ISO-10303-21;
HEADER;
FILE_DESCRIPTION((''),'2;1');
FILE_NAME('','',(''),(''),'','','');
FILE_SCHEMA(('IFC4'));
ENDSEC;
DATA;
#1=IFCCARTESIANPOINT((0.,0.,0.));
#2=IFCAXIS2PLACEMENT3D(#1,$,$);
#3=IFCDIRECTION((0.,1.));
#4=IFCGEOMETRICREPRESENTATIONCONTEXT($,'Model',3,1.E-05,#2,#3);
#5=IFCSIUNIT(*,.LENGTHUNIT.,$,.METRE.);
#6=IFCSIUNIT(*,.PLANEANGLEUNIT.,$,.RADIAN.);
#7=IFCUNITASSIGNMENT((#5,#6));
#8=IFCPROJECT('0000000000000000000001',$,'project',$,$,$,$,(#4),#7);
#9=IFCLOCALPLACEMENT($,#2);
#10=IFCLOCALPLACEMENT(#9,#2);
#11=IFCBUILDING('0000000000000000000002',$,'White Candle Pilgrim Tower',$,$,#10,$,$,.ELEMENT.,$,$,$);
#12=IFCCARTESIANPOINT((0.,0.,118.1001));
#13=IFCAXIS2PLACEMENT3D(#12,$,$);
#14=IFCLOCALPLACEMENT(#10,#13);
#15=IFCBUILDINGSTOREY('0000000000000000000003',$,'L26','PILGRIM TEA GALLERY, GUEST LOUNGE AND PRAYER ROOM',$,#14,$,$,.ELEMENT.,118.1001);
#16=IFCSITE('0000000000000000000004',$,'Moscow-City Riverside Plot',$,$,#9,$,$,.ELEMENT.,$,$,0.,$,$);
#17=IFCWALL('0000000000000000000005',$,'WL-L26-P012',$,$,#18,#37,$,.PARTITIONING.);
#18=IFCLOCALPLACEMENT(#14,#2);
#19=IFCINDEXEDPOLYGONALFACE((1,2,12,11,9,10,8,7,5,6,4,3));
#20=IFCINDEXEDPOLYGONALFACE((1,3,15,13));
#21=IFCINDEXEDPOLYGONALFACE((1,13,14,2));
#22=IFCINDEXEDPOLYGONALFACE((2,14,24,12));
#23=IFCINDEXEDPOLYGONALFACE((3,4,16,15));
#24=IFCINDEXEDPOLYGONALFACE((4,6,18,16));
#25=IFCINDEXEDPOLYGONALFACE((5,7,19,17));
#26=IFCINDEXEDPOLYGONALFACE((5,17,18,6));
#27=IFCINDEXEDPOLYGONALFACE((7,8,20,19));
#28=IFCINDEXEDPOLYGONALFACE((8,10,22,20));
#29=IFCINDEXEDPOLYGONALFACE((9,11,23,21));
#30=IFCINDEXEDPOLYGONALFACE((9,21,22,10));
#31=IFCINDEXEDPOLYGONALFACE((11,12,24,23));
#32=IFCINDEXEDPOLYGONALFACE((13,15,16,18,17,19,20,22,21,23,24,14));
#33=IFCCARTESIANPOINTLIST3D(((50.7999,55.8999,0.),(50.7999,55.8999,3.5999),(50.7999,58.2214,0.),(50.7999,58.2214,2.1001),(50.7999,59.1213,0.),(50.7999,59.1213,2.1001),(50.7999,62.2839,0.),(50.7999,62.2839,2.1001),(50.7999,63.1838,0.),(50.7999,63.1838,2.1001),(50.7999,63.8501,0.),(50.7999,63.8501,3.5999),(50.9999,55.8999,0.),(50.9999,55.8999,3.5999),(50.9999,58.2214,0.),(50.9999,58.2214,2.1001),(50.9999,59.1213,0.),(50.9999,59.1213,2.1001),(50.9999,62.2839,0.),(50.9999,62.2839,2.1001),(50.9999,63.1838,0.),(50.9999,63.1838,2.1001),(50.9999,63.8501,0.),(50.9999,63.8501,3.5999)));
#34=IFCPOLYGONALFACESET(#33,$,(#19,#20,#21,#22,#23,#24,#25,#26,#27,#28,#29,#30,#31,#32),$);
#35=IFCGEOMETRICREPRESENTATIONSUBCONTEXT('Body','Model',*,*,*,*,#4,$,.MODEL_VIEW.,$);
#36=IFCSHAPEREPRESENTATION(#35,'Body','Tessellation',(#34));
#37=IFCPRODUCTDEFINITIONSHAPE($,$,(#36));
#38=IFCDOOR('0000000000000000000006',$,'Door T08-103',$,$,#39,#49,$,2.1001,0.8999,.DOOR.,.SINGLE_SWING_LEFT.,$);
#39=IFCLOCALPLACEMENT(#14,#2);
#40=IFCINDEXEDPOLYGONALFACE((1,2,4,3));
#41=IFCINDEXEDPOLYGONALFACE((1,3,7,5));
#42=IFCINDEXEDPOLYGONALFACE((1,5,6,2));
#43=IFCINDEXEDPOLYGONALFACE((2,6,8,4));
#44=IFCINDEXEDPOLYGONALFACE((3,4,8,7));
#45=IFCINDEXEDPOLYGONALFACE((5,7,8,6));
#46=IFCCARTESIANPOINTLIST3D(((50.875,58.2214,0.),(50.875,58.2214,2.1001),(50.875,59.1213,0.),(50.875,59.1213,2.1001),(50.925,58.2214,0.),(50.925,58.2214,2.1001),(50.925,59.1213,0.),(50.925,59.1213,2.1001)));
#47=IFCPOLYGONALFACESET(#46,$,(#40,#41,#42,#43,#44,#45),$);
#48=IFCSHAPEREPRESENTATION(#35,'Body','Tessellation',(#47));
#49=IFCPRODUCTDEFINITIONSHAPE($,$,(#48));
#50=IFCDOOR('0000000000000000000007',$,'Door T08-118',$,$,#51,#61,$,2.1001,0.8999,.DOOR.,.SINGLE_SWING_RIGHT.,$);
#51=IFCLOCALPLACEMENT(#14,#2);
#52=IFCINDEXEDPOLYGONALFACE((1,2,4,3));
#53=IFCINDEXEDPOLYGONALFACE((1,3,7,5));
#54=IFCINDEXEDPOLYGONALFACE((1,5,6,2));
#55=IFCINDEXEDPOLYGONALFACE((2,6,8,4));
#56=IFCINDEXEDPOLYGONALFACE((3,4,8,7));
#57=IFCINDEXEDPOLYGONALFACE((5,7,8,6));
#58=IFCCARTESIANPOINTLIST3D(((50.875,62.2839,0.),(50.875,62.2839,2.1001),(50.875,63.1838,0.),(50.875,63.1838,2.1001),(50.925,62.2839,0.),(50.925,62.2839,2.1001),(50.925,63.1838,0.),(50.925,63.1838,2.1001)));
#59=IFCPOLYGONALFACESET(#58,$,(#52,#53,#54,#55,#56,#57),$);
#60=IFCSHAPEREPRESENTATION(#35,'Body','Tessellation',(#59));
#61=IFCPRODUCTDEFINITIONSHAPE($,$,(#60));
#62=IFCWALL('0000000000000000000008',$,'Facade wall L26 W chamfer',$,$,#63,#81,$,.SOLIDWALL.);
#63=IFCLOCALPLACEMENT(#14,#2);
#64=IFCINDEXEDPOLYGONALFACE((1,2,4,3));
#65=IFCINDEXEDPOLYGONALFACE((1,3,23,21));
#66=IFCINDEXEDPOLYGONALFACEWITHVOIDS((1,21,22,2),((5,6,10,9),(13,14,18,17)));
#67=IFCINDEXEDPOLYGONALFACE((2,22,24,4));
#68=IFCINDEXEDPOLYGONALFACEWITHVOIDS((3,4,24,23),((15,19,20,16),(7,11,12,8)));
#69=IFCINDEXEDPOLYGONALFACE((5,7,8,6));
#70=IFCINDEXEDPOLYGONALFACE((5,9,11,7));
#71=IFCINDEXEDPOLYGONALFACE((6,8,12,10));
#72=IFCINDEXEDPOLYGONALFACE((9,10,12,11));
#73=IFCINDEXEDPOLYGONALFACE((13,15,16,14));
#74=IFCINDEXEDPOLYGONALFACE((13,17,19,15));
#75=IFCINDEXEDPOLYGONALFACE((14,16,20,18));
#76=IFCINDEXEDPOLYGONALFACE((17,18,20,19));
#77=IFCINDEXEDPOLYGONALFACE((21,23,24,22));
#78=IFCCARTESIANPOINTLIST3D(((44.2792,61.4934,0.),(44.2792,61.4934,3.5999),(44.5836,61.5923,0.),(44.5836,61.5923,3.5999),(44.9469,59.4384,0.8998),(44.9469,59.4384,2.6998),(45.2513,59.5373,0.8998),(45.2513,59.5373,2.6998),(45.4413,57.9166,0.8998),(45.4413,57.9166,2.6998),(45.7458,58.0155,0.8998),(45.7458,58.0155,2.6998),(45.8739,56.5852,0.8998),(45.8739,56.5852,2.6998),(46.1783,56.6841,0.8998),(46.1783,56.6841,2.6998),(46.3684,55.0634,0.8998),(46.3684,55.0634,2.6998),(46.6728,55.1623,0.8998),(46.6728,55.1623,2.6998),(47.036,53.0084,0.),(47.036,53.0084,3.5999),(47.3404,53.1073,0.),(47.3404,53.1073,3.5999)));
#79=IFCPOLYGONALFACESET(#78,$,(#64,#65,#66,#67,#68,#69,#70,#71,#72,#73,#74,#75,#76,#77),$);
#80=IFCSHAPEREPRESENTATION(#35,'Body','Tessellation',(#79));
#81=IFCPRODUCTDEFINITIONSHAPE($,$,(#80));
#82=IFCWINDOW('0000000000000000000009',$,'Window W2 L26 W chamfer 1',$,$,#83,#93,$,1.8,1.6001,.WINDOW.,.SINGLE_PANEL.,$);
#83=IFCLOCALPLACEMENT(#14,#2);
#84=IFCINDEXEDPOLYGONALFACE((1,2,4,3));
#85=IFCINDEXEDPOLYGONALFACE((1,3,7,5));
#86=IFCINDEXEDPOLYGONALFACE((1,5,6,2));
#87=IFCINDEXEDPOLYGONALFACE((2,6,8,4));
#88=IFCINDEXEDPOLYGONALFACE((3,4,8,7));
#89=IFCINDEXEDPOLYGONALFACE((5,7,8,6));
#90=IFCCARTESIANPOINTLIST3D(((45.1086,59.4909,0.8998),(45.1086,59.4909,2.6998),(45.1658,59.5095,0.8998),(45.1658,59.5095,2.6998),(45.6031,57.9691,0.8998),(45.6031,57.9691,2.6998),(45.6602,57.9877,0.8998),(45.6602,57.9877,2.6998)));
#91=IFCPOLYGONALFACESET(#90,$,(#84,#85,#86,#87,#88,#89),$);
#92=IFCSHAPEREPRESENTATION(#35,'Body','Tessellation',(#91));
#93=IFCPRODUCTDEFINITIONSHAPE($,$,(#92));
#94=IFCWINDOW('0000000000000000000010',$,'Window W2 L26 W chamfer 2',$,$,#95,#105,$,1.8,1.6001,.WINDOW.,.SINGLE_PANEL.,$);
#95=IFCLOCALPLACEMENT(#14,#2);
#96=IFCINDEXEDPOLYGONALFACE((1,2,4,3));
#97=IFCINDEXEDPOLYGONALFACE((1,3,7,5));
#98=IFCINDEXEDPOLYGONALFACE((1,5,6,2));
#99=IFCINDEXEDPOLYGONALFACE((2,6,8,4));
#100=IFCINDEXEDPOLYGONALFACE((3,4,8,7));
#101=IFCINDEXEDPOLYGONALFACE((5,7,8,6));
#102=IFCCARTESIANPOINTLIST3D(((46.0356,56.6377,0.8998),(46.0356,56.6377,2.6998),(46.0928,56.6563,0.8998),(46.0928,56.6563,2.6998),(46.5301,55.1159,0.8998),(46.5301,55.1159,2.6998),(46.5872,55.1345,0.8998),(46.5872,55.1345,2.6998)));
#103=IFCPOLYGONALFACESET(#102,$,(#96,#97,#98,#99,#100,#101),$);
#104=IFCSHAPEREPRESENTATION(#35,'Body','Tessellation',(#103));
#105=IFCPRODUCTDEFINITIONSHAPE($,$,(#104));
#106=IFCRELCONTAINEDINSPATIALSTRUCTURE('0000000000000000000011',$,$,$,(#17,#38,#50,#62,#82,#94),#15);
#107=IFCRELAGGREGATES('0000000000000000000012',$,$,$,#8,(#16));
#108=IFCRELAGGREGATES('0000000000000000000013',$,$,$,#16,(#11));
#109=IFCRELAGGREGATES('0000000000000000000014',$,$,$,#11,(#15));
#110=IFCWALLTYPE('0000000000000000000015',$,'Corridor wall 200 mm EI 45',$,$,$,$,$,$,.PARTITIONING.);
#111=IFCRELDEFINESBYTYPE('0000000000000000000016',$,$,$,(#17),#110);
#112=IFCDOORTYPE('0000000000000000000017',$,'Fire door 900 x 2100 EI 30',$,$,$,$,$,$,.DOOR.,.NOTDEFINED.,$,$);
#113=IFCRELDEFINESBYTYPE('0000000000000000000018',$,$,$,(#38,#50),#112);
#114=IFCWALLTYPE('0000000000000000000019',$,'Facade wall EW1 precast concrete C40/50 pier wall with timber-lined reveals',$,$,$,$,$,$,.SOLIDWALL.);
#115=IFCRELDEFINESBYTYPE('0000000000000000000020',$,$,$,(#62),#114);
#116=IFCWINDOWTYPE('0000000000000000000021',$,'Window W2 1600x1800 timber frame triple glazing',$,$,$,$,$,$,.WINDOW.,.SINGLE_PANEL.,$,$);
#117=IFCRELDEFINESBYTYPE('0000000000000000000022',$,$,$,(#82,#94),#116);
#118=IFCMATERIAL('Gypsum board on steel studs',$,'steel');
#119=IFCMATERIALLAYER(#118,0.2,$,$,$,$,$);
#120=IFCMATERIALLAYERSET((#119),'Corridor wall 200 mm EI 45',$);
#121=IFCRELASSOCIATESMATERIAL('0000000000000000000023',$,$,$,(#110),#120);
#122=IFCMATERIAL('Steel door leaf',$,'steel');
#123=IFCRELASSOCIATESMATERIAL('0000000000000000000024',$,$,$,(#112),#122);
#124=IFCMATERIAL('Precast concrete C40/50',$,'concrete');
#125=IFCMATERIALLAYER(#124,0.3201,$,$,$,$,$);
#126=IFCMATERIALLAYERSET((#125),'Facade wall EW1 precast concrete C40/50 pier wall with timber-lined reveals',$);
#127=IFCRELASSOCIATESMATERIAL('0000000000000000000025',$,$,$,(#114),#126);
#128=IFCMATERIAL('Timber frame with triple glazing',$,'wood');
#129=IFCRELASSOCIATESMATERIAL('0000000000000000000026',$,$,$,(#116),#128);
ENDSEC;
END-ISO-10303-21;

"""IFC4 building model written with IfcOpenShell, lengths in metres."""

from ifc_helpers import new_model, si_unit, direction, frame, frame_2d, origin, place, context, subcontext, project, spatial, rectangle, extrude, material, layer, layer_set, type_object, element, fill, save


model = new_model("IFC4")

# Units and contexts
model_context = context("Model", 3, precision=1e-05, world=origin(), true_north=direction((0.0, 1.0)))
body_context = subcontext(model_context, "Body", "Model", "MODEL_VIEW")
ifc_project = project(units=[si_unit("LENGTHUNIT", "METRE"), si_unit("PLANEANGLEUNIT", "RADIAN")], contexts=[model_context])

# Site, building, storey
site_placement = place(None, origin())
site = spatial("IfcSite", under=ifc_project, at=site_placement, Name="Moscow-City Riverside Plot", CompositionType="ELEMENT", RefElevation=0.0)
building_placement = place(site_placement, origin())
building = spatial("IfcBuilding", under=site, at=building_placement, Name="White Candle Pilgrim Tower", CompositionType="ELEMENT")
storey_placement = place(building_placement, frame((0.0, 0.0, 118.1001)))
storey = spatial("IfcBuildingStorey", under=building, at=storey_placement, Name="L26", Description="PILGRIM TEA GALLERY, GUEST LOUNGE AND PRAYER ROOM", CompositionType="ELEMENT", Elevation=118.1001)

# Wall, openings, doors
ifc_material_1 = material(Name="Gypsum board on steel studs", Category="steel")
ifc_layer_1 = layer(ifc_material_1, 0.2)
ifc_layer_set_1 = layer_set([ifc_layer_1], Name="Corridor wall 200 mm EI 45")
wall_type_1 = type_object("IfcWallType", Name="Corridor wall 200 mm EI 45", PredefinedType="PARTITIONING", material=ifc_layer_set_1)
wall_1_placement = place(storey_placement, frame((50.8999, 55.8999, 0.0), z_axis=(0.0, 0.0, 1.0), x_axis=(0.0, 1.0, 0.0)))
wall_1 = element("IfcWall", 1, at=wall_1_placement, inside=storey, type_object=wall_type_1, Name="WL-L26-P012", PredefinedType="PARTITIONING", context=body_context, shape_type="SweptSolid", body=[
    extrude(rectangle(XDim=7.9502, YDim=0.2, at=frame_2d((3.9751, 0.0))), origin(), (0.0, 0.0, 1.0), 3.5999),
])
opening_1_placement = place(wall_1_placement, frame((2.3215, 0.0, 0.0)))
opening_1 = element("IfcOpeningElement", 2, at=opening_1_placement, cuts=wall_1, PredefinedType="OPENING", context=body_context, shape_type="SweptSolid", body=[
    extrude(rectangle(XDim=0.8999, YDim=2.1001, at=frame_2d((0.45, 1.05))), frame((0.0, 0.1099, 0.0), z_axis=(0.0, -1.0, 0.0), x_axis=(1.0, 0.0, 0.0)), (0.0, 0.0, 1.0), 0.22),
])
opening_2_placement = place(wall_1_placement, frame((6.384, 0.0, 0.0)))
opening_2 = element("IfcOpeningElement", 3, at=opening_2_placement, cuts=wall_1, PredefinedType="OPENING", context=body_context, shape_type="SweptSolid", body=[
    extrude(rectangle(XDim=0.8999, YDim=2.1001, at=frame_2d((0.45, 1.05))), frame((0.0, 0.1099, 0.0), z_axis=(0.0, -1.0, 0.0), x_axis=(1.0, 0.0, 0.0)), (0.0, 0.0, 1.0), 0.22),
])
ifc_material_2 = material(Name="Steel door leaf", Category="steel")
door_type_1 = type_object("IfcDoorType", Name="Fire door 900 x 2100 EI 30", OperationType="NOTDEFINED", PredefinedType="DOOR", material=ifc_material_2)
door_1_placement = place(opening_1_placement, origin())
door_1 = element("IfcDoor", 4, at=door_1_placement, inside=storey, type_object=door_type_1, Name="Door T08-103", OperationType="SINGLE_SWING_LEFT", OverallHeight=2.1001, OverallWidth=0.8999, PredefinedType="DOOR", context=body_context, shape_type="SweptSolid", body=[
    extrude(rectangle(XDim=0.8999, YDim=2.1001, at=frame_2d((0.45, 1.05))), frame((0.0, 0.0249, 0.0), z_axis=(0.0, -1.0, 0.0), x_axis=(1.0, 0.0, 0.0)), (0.0, 0.0, 1.0), 0.05),
])
fill(opening_1, door_1)
door_2_placement = place(opening_2_placement, origin())
door_2 = element("IfcDoor", 5, at=door_2_placement, inside=storey, type_object=door_type_1, Name="Door T08-118", OperationType="SINGLE_SWING_RIGHT", OverallHeight=2.1001, OverallWidth=0.8999, PredefinedType="DOOR", context=body_context, shape_type="SweptSolid", body=[
    extrude(rectangle(XDim=0.8999, YDim=2.1001, at=frame_2d((0.45, 1.05))), frame((0.0, 0.0249, 0.0), z_axis=(0.0, -1.0, 0.0), x_axis=(1.0, 0.0, 0.0)), (0.0, 0.0, 1.0), 0.05),
])
fill(opening_2, door_2)

# Wall, openings, windows
ifc_material_3 = material(Name="Precast concrete C40/50", Category="concrete")
ifc_layer_2 = layer(ifc_material_3, 0.3201)
ifc_layer_set_2 = layer_set([ifc_layer_2], Name="Facade wall EW1 precast concrete C40/50 pier wall with timber-lined reveals")
wall_type_2 = type_object("IfcWallType", Name="Facade wall EW1 precast concrete C40/50 pier wall with timber-lined reveals", PredefinedType="SOLIDWALL", material=ifc_layer_set_2)
wall_2_placement = place(storey_placement, frame((44.4314, 61.543, 0.0), z_axis=(0.0, 0.0, 1.0), x_axis=(0.309003, -0.951061, 0.0)))
wall_2 = element("IfcWall", 6, at=wall_2_placement, inside=storey, type_object=wall_type_2, Name="Facade wall L26 W chamfer", PredefinedType="SOLIDWALL", context=body_context, shape_type="SweptSolid", body=[
    extrude(rectangle(XDim=8.9216, YDim=0.3201, at=frame_2d((4.4609, 0.0))), origin(), (0.0, 0.0, 1.0), 3.5999),
])
opening_3_placement = place(wall_2_placement, frame((2.1609, 0.0, 0.8999)))
opening_3 = element("IfcOpeningElement", 7, at=opening_3_placement, cuts=wall_2, PredefinedType="OPENING", context=body_context, shape_type="SweptSolid", body=[
    extrude(rectangle(XDim=1.6001, YDim=1.8, at=frame_2d((0.8, 0.8999))), frame((0.0, 0.1699, 0.0), z_axis=(0.0, -1.0, 0.0), x_axis=(1.0, 0.0, 0.0)), (0.0, 0.0, 1.0), 0.3401),
])
opening_4_placement = place(wall_2_placement, frame((5.1609, 0.0, 0.8999)))
opening_4 = element("IfcOpeningElement", 8, at=opening_4_placement, cuts=wall_2, PredefinedType="OPENING", context=body_context, shape_type="SweptSolid", body=[
    extrude(rectangle(XDim=1.6001, YDim=1.8, at=frame_2d((0.8, 0.8999))), frame((0.0, 0.1699, 0.0), z_axis=(0.0, -1.0, 0.0), x_axis=(1.0, 0.0, 0.0)), (0.0, 0.0, 1.0), 0.3401),
])
ifc_material_4 = material(Name="Timber frame with triple glazing", Category="wood")
window_type_1 = type_object("IfcWindowType", Name="Window W2 1600x1800 timber frame triple glazing", PartitioningType="SINGLE_PANEL", PredefinedType="WINDOW", material=ifc_material_4)
window_1_placement = place(opening_3_placement, origin())
window_1 = element("IfcWindow", 9, at=window_1_placement, inside=storey, type_object=window_type_1, Name="Window W2 L26 W chamfer 1", OverallHeight=1.8, OverallWidth=1.6001, PartitioningType="SINGLE_PANEL", PredefinedType="WINDOW", context=body_context, shape_type="SweptSolid", body=[
    extrude(rectangle(XDim=1.6001, YDim=1.8, at=frame_2d((0.8, 0.8999))), frame((0.0, 0.0701, 0.0), z_axis=(0.0, -1.0, 0.0), x_axis=(1.0, 0.0, 0.0)), (0.0, 0.0, 1.0), 0.0601),
])
fill(opening_3, window_1)
window_2_placement = place(opening_4_placement, origin())
window_2 = element("IfcWindow", 10, at=window_2_placement, inside=storey, type_object=window_type_1, Name="Window W2 L26 W chamfer 2", OverallHeight=1.8, OverallWidth=1.6001, PartitioningType="SINGLE_PANEL", PredefinedType="WINDOW", context=body_context, shape_type="SweptSolid", body=[
    extrude(rectangle(XDim=1.6001, YDim=1.8, at=frame_2d((0.8, 0.8999))), frame((0.0, 0.0701, 0.0), z_axis=(0.0, -1.0, 0.0), x_axis=(1.0, 0.0, 0.0)), (0.0, 0.0, 1.0), 0.0601),
])
fill(opening_4, window_2)

save(model, "model.ifc")
